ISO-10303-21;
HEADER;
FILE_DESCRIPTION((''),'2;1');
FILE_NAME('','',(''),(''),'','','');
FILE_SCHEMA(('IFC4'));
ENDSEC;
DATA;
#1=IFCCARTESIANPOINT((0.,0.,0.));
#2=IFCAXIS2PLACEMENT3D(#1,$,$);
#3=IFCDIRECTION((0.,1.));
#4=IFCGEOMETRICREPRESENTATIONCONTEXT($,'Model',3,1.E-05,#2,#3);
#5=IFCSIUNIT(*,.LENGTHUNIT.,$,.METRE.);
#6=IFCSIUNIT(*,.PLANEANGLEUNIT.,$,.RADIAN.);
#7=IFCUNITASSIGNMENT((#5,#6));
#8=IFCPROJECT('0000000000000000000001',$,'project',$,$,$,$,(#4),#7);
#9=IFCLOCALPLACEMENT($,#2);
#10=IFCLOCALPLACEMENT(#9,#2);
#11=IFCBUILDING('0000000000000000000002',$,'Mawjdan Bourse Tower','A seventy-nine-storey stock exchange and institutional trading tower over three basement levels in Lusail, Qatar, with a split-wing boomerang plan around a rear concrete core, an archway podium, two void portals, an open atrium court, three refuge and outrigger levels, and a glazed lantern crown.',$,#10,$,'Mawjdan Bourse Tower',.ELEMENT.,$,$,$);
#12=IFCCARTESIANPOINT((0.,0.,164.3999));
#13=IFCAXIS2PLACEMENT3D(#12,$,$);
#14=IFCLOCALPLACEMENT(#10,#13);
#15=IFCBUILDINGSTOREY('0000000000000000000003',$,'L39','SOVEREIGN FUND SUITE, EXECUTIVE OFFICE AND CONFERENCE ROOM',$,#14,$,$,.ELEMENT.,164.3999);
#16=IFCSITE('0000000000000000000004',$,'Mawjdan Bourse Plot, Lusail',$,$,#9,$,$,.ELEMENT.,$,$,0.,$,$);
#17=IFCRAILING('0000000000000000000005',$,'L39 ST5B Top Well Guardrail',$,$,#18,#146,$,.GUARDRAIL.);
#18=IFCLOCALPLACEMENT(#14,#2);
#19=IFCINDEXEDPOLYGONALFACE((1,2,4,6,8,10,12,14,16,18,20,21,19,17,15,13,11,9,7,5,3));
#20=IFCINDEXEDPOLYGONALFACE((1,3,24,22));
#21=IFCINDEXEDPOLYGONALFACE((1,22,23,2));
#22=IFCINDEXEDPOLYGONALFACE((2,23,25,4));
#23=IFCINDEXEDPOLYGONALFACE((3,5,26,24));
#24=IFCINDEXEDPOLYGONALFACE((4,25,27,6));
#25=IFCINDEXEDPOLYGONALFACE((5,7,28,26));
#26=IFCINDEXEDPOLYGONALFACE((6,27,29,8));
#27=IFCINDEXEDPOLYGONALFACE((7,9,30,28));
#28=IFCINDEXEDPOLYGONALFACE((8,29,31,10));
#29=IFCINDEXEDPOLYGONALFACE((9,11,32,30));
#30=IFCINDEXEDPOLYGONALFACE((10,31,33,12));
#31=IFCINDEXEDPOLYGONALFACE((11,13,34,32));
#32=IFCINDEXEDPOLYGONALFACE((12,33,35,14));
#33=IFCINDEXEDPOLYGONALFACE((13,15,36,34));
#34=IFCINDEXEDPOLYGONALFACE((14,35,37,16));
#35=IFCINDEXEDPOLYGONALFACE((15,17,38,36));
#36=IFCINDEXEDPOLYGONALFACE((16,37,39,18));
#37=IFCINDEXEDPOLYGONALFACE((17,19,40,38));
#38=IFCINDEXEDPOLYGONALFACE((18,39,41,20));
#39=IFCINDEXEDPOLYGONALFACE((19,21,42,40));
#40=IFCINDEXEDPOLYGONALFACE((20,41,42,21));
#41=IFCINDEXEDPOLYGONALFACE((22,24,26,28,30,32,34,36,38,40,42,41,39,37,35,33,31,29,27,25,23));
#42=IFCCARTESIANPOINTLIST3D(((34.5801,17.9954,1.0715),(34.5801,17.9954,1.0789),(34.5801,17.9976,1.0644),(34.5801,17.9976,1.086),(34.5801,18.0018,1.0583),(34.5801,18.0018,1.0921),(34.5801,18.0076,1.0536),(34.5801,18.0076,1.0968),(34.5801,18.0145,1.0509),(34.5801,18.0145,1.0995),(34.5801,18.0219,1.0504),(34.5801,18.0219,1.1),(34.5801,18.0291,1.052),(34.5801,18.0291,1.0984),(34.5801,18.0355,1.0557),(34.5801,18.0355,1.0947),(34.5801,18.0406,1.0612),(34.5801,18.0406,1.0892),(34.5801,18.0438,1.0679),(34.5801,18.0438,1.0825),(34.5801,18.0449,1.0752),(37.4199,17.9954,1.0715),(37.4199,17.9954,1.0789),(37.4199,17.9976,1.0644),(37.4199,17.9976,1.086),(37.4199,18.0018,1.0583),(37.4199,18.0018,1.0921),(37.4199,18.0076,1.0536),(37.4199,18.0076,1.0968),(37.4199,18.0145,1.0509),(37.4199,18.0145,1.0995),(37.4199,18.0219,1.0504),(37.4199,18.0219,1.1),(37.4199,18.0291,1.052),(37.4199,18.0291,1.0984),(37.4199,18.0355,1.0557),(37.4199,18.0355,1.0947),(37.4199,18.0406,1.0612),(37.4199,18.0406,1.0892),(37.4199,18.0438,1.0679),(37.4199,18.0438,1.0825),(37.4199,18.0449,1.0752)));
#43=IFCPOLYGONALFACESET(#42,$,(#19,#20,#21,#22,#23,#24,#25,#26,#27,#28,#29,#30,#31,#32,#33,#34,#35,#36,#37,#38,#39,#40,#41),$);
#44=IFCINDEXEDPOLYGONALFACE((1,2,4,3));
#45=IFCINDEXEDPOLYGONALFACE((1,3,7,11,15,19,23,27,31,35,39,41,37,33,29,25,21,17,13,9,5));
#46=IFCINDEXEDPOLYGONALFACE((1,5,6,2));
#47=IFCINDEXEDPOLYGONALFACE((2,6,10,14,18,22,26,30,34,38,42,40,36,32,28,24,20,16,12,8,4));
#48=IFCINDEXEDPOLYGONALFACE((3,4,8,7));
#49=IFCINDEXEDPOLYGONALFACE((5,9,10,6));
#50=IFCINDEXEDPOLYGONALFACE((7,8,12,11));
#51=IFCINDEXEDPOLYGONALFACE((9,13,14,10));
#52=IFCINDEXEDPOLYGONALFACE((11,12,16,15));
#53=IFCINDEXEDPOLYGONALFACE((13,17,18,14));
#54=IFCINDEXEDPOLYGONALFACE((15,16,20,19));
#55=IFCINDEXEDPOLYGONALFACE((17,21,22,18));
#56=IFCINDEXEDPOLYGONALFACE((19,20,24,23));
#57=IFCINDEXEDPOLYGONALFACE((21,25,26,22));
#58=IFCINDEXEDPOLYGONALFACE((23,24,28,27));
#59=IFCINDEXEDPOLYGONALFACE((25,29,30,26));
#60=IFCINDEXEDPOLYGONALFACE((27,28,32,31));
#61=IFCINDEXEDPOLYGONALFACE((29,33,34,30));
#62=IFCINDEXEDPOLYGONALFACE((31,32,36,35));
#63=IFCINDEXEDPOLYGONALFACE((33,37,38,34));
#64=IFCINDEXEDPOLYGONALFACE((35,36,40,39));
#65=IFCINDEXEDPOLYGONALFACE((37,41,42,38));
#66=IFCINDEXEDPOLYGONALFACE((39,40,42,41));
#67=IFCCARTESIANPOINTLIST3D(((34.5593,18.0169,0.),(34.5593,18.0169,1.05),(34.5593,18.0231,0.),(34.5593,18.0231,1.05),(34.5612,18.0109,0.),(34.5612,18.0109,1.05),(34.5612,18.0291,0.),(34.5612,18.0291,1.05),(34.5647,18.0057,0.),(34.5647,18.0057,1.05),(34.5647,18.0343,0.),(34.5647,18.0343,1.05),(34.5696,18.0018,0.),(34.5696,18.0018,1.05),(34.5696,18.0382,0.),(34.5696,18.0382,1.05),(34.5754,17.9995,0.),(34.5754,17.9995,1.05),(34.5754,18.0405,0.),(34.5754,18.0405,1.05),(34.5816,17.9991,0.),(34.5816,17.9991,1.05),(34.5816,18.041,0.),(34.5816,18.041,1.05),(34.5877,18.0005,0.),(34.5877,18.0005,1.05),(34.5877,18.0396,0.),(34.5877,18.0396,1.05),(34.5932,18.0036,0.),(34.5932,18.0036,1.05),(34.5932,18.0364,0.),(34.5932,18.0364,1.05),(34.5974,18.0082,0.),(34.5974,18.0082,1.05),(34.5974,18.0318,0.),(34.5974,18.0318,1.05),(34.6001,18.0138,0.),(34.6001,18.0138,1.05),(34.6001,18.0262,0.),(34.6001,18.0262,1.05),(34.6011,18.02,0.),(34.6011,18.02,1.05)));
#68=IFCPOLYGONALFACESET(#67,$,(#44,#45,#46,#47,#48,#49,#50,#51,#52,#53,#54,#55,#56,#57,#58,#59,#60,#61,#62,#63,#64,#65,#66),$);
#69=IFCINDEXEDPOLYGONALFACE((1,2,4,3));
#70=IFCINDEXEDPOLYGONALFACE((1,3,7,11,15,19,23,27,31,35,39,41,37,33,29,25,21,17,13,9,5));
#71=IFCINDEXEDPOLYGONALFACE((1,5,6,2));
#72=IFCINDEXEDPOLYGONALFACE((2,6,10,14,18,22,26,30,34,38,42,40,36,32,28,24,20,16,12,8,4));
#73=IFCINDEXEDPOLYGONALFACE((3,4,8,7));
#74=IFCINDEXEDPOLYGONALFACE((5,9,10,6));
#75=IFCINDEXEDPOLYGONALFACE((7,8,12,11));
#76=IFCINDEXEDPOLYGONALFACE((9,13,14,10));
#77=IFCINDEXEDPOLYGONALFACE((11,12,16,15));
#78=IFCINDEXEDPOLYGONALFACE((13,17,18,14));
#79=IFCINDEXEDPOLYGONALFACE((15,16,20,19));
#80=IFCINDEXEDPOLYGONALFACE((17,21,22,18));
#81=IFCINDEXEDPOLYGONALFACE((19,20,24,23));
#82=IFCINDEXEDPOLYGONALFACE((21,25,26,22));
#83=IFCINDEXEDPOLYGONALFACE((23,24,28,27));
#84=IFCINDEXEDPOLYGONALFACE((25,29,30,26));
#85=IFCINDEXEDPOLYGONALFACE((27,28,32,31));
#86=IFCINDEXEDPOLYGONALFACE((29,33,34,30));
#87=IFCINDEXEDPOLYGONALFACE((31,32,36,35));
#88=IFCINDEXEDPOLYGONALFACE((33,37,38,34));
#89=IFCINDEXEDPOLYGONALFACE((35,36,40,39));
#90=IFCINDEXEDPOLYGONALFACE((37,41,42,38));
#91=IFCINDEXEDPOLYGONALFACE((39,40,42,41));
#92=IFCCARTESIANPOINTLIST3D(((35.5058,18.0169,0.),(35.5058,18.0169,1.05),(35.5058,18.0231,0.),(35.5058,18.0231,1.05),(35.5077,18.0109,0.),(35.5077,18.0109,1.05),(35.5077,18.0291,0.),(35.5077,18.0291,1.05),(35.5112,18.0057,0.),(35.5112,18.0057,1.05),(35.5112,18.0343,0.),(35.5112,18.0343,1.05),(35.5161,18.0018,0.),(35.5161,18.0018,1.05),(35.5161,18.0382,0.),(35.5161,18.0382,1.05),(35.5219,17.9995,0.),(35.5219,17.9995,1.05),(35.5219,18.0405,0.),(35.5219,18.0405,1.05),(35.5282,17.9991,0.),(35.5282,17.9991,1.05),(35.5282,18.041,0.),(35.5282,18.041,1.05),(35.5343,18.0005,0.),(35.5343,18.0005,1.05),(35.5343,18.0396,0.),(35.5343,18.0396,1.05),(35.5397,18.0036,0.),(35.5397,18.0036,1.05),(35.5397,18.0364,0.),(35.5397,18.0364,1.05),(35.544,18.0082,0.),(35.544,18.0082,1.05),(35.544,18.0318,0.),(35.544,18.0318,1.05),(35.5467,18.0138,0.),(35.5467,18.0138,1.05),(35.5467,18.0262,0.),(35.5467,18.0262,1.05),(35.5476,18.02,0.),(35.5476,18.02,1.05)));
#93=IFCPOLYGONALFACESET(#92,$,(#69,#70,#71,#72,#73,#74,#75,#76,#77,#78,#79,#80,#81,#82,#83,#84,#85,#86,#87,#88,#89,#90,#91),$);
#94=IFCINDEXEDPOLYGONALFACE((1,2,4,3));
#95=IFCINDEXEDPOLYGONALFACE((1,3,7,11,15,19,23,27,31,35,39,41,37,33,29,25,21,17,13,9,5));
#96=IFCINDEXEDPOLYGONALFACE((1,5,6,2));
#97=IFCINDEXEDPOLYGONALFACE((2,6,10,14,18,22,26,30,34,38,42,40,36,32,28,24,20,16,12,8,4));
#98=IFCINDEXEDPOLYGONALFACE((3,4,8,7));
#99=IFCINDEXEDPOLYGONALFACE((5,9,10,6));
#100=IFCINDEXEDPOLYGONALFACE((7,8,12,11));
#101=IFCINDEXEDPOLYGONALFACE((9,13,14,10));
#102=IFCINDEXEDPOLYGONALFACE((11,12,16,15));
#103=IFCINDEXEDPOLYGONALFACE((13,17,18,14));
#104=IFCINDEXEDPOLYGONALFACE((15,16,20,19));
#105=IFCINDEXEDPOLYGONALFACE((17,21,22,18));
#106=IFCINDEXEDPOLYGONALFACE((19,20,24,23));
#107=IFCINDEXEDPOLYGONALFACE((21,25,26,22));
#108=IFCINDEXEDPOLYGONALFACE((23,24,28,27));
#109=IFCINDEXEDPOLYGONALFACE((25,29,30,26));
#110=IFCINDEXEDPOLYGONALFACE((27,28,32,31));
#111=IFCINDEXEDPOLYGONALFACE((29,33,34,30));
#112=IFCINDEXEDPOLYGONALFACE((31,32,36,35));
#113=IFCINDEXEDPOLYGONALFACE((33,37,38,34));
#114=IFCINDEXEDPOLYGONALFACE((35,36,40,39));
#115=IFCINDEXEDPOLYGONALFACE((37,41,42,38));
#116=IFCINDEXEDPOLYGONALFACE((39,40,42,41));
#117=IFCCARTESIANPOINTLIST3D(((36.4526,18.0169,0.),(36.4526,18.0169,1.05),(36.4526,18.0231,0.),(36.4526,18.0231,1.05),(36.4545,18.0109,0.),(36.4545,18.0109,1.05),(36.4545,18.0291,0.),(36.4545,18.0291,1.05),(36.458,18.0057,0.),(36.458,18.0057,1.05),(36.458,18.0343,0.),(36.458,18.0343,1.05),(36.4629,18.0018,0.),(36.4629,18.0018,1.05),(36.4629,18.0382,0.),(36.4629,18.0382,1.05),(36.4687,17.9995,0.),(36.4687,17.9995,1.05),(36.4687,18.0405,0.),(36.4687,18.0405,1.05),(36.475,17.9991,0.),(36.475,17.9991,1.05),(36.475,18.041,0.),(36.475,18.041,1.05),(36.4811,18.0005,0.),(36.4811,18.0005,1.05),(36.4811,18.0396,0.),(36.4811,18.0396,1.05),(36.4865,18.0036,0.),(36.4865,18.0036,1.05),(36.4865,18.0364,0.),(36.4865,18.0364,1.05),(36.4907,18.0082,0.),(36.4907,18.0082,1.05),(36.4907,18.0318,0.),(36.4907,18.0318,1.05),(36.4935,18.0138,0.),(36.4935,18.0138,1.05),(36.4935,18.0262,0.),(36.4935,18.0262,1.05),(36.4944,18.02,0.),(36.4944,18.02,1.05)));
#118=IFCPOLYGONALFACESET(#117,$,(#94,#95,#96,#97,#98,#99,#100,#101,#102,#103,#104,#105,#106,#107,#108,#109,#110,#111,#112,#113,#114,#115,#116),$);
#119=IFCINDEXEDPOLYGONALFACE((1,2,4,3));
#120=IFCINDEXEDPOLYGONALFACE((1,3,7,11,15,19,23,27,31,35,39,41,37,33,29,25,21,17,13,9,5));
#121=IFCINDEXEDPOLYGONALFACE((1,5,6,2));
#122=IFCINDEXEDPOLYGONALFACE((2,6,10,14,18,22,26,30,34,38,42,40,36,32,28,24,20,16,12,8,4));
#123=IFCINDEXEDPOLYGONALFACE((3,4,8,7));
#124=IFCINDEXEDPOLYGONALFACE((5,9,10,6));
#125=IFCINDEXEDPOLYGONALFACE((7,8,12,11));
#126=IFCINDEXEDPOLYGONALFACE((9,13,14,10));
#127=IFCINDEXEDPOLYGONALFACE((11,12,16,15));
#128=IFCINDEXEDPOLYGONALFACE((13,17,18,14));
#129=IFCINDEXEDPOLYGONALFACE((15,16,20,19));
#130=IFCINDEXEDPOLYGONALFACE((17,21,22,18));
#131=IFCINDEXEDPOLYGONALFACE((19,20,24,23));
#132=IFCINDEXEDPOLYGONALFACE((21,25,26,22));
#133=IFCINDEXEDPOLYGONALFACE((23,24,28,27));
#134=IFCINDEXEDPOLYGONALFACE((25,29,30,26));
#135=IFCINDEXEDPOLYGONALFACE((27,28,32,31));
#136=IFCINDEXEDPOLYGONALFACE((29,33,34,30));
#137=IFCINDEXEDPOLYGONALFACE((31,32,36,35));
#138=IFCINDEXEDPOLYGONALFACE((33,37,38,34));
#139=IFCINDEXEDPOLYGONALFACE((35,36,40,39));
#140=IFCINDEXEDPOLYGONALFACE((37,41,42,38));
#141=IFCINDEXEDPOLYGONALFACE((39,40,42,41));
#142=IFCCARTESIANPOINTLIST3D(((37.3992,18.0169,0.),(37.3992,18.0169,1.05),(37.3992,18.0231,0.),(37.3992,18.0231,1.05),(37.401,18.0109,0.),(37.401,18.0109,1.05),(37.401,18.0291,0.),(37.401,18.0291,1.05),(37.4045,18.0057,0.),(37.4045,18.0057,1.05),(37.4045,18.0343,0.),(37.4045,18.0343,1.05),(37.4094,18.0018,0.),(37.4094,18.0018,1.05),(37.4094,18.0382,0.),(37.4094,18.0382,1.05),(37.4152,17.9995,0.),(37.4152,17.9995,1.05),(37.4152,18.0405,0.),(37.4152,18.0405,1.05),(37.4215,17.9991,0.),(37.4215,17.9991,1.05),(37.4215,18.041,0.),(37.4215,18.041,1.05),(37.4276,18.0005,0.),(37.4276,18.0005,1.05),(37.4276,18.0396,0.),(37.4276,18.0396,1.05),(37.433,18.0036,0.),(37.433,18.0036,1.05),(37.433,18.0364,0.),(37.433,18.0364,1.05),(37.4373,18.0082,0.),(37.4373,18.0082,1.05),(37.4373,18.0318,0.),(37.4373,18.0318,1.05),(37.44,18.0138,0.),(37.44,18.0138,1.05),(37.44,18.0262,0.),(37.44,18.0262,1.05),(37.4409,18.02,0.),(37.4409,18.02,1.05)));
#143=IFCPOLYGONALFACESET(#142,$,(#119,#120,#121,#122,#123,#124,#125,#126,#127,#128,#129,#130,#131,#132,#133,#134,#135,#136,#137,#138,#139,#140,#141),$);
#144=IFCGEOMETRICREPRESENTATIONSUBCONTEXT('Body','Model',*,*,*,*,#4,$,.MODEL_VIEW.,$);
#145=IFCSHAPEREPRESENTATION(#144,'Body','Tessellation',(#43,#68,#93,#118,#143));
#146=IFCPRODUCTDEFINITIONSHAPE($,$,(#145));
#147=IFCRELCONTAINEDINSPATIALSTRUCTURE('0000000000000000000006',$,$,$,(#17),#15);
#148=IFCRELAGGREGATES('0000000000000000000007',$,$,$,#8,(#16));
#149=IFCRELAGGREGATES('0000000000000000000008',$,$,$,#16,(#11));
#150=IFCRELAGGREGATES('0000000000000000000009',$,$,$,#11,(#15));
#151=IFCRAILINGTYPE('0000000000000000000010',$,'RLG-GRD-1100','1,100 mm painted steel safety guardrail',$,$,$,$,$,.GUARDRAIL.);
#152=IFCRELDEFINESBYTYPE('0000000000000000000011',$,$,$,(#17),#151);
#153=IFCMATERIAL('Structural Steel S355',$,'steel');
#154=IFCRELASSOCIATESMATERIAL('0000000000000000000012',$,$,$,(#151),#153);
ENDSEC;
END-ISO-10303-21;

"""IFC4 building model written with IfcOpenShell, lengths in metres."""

from ifc_helpers import new_model, si_unit, direction, frame, origin, origin_2d, place, context, subcontext, project, spatial, circle, extrude, material, type_object, element, save


model = new_model("IFC4")

# Units and contexts
model_context = context("Model", 3, precision=1e-05, world=origin(), true_north=direction((0.0, 1.0)))
body_context = subcontext(model_context, "Body", "Model", "MODEL_VIEW")
ifc_project = project(units=[si_unit("LENGTHUNIT", "METRE"), si_unit("PLANEANGLEUNIT", "RADIAN")], contexts=[model_context])

# Site, building, storey
site_placement = place(None, origin())
site = spatial("IfcSite", under=ifc_project, at=site_placement, Name="Mawjdan Bourse Plot, Lusail", CompositionType="ELEMENT", RefElevation=0.0)
building_placement = place(site_placement, origin())
building = spatial("IfcBuilding", under=site, at=building_placement, Name="Mawjdan Bourse Tower", Description="A seventy-nine-storey stock exchange and institutional trading tower over three basement levels in Lusail, Qatar, with a split-wing boomerang plan around a rear concrete core, an archway podium, two void portals, an open atrium court, three refuge and outrigger levels, and a glazed lantern crown.", LongName="Mawjdan Bourse Tower", CompositionType="ELEMENT")
storey_placement = place(building_placement, frame((0.0, 0.0, 164.3999)))
storey = spatial("IfcBuildingStorey", under=building, at=storey_placement, Name="L39", Description="SOVEREIGN FUND SUITE, EXECUTIVE OFFICE AND CONFERENCE ROOM", CompositionType="ELEMENT", Elevation=164.3999)

# Shared definitions
ifc_material_1 = material(Name="Structural Steel S355", Category="steel")

# Railing
railing_type = type_object("IfcRailingType", Name="RLG-GRD-1100", Description="1,100 mm painted steel safety guardrail", PredefinedType="GUARDRAIL", material=ifc_material_1)
railing_placement = place(storey_placement, frame((34.5801, 18.02, 0.0)))
element("IfcRailing", 1, at=railing_placement, inside=storey, type_object=railing_type, Name="L39 ST5B Top Well Guardrail", PredefinedType="GUARDRAIL", context=body_context, shape_type="SweptSolid", body=[
    extrude(circle(Radius=0.0249, at=origin_2d()), frame((0.0, 0.0, 1.0752), z_axis=(1.0, 0.0, 0.0), x_axis=(0.0, 1.0, 0.0)), (0.0, 0.0, 1.0), 2.8398),
    extrude(circle(Radius=0.021, at=origin_2d()), origin(), (0.0, 0.0, 1.0), 1.05),
    extrude(circle(Radius=0.021, at=origin_2d()), frame((0.9465, 0.0, 0.0)), (0.0, 0.0, 1.0), 1.05),
    extrude(circle(Radius=0.021, at=origin_2d()), frame((1.8933, 0.0, 0.0)), (0.0, 0.0, 1.0), 1.05),
    extrude(circle(Radius=0.021, at=origin_2d()), frame((2.8398, 0.0, 0.0)), (0.0, 0.0, 1.0), 1.05),
])

save(model, "model.ifc")
